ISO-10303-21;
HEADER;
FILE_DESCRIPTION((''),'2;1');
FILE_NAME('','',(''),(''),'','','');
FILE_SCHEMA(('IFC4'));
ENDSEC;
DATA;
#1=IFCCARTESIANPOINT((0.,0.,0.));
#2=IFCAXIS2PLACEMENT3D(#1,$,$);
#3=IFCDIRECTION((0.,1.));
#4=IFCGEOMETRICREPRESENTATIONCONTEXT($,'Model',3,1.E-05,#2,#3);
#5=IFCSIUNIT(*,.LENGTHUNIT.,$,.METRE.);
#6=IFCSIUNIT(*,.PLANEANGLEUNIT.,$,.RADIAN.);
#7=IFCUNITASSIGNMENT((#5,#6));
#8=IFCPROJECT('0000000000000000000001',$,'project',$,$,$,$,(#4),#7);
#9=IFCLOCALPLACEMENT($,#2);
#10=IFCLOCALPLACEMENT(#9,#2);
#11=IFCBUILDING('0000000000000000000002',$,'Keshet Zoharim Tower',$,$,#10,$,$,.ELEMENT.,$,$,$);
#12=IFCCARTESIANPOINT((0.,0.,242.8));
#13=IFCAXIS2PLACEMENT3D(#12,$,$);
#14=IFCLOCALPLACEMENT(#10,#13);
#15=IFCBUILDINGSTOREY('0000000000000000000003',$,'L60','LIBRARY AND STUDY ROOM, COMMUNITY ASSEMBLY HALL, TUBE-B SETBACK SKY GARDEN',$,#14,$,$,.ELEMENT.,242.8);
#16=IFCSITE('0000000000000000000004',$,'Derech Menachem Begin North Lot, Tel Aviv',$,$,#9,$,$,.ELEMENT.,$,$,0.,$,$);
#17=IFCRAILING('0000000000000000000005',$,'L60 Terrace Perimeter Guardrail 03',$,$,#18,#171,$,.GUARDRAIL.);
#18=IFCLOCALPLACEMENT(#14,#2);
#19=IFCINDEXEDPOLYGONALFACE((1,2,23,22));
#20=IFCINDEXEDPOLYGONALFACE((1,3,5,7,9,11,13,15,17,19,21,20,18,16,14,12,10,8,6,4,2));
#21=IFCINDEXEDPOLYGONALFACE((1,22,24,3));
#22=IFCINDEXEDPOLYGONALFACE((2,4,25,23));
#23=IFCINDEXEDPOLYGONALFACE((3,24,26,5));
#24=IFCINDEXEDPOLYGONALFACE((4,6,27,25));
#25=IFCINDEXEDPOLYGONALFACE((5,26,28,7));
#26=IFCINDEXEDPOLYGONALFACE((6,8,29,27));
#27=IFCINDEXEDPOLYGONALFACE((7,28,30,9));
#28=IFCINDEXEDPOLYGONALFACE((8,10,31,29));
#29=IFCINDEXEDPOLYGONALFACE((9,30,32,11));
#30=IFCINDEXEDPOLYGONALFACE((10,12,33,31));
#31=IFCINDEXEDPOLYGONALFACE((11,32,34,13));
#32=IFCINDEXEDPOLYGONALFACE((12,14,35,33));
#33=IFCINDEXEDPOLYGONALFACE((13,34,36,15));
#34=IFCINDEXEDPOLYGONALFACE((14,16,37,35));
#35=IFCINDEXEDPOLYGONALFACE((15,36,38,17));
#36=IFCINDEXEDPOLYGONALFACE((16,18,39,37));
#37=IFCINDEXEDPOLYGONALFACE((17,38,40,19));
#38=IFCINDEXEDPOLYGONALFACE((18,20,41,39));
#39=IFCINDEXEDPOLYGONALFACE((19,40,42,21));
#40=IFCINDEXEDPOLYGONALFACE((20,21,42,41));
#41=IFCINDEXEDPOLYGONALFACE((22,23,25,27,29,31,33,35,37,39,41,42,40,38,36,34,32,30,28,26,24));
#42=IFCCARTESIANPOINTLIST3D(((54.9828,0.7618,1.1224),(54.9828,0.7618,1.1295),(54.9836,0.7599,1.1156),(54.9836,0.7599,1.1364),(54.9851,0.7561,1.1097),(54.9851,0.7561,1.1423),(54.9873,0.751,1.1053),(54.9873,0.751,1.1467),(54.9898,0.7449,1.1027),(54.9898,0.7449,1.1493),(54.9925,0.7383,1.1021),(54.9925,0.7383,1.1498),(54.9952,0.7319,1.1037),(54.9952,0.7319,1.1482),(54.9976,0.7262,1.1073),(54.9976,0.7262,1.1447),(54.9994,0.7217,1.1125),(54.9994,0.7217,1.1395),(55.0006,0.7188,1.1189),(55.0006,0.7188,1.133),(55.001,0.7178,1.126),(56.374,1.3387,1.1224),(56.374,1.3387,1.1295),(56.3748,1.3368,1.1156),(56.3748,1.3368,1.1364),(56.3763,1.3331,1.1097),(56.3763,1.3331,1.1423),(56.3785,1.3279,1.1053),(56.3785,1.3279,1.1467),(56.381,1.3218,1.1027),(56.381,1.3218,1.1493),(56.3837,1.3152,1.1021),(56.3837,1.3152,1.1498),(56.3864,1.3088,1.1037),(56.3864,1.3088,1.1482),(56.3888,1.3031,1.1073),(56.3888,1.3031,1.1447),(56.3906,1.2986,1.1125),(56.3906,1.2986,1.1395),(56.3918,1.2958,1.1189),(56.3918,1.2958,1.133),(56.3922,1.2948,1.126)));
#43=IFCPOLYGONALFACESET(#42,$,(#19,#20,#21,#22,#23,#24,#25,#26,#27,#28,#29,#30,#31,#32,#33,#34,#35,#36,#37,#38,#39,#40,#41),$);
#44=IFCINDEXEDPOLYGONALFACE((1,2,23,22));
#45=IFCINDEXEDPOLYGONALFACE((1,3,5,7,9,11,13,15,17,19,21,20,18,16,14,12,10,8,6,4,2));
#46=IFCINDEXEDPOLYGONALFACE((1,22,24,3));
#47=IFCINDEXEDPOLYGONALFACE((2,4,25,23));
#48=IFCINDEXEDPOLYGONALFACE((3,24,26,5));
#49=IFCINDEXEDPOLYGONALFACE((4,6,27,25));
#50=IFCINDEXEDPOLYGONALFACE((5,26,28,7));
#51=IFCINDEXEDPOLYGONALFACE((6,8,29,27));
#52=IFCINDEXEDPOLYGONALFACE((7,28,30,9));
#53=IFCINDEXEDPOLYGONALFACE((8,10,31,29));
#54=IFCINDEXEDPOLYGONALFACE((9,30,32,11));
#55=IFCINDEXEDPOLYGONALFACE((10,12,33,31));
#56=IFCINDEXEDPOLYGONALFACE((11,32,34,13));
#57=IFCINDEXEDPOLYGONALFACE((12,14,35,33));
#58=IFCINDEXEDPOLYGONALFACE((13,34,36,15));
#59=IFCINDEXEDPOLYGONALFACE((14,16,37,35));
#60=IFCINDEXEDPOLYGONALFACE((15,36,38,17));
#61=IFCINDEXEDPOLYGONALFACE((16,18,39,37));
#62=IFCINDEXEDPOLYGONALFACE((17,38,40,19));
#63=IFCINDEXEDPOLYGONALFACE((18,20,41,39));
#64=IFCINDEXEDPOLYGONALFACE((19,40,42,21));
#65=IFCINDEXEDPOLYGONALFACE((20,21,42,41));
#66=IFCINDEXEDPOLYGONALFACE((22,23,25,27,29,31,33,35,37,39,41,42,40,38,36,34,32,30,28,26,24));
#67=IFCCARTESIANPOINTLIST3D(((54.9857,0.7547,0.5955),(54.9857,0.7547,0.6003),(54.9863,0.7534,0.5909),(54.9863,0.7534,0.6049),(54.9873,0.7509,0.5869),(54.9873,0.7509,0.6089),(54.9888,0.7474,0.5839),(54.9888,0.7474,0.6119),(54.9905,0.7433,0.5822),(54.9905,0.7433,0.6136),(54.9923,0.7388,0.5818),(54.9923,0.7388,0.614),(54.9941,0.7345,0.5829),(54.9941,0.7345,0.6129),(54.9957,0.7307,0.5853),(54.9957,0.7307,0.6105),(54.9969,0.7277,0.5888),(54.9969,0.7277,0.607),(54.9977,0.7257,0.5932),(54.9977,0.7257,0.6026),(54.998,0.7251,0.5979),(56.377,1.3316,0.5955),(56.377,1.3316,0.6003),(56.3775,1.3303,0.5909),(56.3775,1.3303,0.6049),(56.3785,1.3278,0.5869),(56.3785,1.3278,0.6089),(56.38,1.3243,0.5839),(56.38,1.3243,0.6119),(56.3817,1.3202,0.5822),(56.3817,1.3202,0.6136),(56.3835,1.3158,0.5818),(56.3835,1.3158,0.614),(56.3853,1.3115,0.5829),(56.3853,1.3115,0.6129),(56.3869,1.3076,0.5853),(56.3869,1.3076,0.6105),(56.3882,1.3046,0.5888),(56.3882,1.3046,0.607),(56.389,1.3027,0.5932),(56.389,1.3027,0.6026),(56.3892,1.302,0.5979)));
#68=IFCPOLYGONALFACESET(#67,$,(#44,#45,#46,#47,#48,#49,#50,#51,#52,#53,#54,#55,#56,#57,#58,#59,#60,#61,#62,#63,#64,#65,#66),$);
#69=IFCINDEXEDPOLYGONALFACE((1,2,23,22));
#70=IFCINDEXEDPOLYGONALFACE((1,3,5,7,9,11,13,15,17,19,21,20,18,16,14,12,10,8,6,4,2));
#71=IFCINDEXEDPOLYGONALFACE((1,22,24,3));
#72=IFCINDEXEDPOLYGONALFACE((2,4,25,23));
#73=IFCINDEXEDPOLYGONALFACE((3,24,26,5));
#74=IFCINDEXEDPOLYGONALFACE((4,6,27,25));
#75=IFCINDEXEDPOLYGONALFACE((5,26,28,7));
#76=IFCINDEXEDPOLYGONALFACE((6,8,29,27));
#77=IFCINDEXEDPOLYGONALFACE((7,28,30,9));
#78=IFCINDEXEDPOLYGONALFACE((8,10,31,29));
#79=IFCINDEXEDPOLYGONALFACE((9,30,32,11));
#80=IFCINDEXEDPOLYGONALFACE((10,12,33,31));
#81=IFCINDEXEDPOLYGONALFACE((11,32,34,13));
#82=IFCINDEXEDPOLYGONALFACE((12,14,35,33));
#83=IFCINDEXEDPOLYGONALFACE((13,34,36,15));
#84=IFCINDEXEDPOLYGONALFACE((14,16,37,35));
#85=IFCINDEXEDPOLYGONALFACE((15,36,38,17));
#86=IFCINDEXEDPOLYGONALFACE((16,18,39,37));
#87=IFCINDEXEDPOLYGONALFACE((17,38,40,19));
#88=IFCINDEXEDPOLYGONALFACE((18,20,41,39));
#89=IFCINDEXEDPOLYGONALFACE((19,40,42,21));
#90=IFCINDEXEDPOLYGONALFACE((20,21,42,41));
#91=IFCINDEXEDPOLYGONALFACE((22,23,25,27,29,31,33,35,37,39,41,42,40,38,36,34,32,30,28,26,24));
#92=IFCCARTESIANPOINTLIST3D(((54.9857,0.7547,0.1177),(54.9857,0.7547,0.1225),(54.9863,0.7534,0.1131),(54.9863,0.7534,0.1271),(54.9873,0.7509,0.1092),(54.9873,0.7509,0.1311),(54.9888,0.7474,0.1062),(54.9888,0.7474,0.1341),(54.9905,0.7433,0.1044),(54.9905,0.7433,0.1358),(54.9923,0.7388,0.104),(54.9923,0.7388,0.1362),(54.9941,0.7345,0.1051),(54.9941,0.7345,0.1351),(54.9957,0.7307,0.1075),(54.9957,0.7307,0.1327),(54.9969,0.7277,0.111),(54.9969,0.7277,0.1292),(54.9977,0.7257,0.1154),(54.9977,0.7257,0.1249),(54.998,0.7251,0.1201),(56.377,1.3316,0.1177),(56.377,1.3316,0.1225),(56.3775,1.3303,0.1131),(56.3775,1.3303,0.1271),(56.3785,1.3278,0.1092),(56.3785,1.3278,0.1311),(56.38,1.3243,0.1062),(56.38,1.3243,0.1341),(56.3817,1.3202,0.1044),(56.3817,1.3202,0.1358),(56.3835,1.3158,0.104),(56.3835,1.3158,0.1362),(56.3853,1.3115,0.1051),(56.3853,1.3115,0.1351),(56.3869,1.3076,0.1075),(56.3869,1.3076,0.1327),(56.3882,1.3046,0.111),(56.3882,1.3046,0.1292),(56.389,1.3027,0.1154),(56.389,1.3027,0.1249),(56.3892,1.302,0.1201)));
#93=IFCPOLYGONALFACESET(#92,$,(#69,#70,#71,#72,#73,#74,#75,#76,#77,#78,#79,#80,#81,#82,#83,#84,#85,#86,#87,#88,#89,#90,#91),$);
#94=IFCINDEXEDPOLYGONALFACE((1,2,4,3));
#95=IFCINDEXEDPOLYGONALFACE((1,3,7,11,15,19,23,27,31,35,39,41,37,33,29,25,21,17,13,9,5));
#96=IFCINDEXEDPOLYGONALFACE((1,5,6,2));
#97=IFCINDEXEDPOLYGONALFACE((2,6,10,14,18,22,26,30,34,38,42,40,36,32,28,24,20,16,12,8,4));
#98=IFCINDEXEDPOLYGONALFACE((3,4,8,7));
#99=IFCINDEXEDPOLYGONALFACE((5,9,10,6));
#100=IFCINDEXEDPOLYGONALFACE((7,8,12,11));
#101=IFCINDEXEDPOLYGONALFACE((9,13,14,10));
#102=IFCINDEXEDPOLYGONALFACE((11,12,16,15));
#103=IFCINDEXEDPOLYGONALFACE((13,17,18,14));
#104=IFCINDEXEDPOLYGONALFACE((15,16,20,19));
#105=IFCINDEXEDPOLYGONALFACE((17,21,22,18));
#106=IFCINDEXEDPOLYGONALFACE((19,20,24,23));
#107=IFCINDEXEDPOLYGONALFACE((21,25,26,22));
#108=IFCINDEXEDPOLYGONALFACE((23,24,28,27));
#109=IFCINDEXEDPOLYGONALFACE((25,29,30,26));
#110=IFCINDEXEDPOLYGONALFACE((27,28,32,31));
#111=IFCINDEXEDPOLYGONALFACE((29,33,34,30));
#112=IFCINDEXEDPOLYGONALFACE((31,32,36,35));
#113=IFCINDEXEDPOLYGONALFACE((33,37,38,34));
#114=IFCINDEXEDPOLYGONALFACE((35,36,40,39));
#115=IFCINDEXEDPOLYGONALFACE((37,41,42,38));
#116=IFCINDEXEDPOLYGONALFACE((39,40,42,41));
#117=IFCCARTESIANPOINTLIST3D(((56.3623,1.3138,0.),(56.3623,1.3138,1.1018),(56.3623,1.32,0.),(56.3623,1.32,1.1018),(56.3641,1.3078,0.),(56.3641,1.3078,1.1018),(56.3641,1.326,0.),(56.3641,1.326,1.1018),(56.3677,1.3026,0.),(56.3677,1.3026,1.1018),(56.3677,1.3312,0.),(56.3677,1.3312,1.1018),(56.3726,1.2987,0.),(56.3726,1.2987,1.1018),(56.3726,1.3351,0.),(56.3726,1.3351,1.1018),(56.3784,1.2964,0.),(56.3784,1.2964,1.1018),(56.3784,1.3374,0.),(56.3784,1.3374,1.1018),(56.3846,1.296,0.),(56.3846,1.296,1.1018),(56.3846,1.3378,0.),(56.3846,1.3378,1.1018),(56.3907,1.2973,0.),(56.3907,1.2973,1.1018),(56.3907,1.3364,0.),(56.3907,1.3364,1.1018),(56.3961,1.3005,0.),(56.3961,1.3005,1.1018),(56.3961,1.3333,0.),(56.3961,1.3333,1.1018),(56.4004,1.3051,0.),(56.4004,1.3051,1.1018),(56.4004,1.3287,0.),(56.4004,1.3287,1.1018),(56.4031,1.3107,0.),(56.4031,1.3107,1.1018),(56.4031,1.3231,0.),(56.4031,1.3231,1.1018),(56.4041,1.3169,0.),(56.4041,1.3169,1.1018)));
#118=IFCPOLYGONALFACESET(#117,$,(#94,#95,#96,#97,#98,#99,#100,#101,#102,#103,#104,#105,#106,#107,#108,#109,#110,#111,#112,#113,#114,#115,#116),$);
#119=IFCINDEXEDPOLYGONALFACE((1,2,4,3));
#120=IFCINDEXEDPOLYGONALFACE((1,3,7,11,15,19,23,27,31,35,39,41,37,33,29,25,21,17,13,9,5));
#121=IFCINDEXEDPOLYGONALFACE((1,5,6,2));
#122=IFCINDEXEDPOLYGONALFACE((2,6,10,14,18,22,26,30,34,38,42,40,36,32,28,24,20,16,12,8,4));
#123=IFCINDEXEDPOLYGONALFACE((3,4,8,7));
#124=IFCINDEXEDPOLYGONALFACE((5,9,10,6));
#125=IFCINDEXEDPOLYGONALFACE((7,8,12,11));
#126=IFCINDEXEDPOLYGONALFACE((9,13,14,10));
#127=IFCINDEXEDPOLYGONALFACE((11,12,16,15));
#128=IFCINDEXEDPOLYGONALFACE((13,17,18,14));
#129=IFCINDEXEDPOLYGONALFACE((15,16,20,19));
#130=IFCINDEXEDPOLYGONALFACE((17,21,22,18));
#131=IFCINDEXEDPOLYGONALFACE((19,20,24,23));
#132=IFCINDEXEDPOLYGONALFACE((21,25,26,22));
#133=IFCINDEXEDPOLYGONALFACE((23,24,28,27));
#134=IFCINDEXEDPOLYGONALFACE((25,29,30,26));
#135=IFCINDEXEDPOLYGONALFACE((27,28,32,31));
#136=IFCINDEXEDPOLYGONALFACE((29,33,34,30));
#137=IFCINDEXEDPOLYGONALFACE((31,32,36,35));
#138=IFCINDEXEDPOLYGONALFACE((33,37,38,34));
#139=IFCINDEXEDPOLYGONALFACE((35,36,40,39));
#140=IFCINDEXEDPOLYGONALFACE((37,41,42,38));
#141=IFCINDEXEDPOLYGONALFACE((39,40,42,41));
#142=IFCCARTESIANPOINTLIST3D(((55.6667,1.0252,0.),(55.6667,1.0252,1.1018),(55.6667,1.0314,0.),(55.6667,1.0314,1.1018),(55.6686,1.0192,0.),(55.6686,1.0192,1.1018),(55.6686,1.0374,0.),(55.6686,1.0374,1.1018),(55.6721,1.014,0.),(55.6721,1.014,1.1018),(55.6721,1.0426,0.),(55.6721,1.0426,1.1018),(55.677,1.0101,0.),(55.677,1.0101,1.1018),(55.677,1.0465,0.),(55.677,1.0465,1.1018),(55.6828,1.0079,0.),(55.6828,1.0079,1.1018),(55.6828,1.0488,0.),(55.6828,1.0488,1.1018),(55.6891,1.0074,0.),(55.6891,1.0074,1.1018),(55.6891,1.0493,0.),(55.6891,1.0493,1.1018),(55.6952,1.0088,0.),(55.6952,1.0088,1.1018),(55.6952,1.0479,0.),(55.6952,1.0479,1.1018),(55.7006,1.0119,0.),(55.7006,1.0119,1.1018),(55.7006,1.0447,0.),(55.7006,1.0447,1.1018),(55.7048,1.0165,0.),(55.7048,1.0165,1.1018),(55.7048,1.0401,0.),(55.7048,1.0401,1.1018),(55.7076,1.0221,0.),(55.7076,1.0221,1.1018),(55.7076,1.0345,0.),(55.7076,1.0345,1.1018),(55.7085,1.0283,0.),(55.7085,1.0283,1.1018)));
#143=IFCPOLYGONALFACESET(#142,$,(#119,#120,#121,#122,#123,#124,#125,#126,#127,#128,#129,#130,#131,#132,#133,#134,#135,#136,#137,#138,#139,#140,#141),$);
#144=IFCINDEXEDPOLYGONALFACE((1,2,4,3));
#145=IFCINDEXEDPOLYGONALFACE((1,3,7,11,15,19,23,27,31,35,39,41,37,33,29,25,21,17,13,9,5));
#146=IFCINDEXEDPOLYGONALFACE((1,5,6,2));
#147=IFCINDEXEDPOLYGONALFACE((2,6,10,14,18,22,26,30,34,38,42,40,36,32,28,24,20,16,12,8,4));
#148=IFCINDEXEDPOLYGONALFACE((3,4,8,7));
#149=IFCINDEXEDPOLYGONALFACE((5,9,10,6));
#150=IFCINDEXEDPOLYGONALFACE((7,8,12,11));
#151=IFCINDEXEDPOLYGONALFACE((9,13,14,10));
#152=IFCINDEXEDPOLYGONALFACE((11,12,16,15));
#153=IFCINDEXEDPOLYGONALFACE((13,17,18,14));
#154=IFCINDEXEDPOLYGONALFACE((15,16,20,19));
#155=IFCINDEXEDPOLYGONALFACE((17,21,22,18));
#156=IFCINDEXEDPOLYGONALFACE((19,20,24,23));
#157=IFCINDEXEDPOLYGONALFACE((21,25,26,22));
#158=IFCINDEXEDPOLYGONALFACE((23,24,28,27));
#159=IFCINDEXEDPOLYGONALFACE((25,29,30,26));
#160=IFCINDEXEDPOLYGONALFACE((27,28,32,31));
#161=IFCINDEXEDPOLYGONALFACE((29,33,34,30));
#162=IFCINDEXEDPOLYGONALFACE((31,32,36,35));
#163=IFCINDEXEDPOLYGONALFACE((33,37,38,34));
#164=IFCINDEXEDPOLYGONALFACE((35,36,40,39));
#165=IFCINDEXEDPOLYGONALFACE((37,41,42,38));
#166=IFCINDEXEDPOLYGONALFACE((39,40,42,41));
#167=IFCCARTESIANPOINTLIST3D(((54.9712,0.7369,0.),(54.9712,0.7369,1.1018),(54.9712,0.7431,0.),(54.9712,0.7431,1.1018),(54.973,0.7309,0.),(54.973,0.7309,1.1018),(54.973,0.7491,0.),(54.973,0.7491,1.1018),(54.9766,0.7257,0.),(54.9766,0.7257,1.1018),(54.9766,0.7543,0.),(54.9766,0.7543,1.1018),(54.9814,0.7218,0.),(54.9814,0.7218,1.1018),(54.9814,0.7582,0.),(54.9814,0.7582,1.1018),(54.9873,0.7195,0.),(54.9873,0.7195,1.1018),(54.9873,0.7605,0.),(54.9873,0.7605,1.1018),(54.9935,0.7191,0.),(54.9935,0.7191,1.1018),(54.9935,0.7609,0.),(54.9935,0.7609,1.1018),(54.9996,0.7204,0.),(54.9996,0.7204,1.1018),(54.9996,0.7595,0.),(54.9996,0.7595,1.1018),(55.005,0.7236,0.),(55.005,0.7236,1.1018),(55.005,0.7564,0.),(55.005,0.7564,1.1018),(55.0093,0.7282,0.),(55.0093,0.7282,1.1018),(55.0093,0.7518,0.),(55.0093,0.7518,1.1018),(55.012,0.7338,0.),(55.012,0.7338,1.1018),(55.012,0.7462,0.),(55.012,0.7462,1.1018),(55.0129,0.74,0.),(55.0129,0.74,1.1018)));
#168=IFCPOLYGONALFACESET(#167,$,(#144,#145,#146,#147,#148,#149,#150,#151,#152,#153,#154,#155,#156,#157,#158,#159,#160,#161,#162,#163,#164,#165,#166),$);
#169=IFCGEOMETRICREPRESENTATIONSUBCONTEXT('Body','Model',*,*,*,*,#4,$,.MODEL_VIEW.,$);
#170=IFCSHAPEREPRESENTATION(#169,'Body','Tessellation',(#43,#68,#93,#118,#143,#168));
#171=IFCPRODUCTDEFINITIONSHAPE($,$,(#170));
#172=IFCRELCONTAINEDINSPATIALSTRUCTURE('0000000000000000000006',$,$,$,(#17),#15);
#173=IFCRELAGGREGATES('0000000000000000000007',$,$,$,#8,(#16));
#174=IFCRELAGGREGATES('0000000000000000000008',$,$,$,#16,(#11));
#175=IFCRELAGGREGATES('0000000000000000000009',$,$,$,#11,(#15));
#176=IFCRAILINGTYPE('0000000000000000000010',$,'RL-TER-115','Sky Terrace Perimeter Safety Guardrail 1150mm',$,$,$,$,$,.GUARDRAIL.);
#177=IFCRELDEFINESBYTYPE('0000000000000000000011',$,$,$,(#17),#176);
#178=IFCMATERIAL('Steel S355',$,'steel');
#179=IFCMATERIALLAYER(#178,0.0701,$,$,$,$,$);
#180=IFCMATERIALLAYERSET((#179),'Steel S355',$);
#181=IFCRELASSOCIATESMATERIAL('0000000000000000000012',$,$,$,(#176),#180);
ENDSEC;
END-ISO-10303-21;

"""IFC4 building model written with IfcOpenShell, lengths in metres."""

from ifc_helpers import new_model, si_unit, direction, frame, origin, origin_2d, place, context, subcontext, project, spatial, circle, extrude, material, layer, layer_set, type_object, element, save


model = new_model("IFC4")

# Units and contexts
model_context = context("Model", 3, precision=1e-05, world=origin(), true_north=direction((0.0, 1.0)))
body_context = subcontext(model_context, "Body", "Model", "MODEL_VIEW")
ifc_project = project(units=[si_unit("LENGTHUNIT", "METRE"), si_unit("PLANEANGLEUNIT", "RADIAN")], contexts=[model_context])

# Site, building, storey
site_placement = place(None, origin())
site = spatial("IfcSite", under=ifc_project, at=site_placement, Name="Derech Menachem Begin North Lot, Tel Aviv", CompositionType="ELEMENT", RefElevation=0.0)
building_placement = place(site_placement, origin())
building = spatial("IfcBuilding", under=site, at=building_placement, Name="Keshet Zoharim Tower", CompositionType="ELEMENT")
storey_placement = place(building_placement, frame((0.0, 0.0, 242.8)))
storey = spatial("IfcBuildingStorey", under=building, at=storey_placement, Name="L60", Description="LIBRARY AND STUDY ROOM, COMMUNITY ASSEMBLY HALL, TUBE-B SETBACK SKY GARDEN", CompositionType="ELEMENT", Elevation=242.8)

# Shared definitions
ifc_material_1 = material(Name="Steel S355", Category="steel")

# Railing
ifc_layer_1 = layer(ifc_material_1, 0.0701)
ifc_layer_set_1 = layer_set([ifc_layer_1], Name="Steel S355")
railing_type = type_object("IfcRailingType", Name="RL-TER-115", Description="Sky Terrace Perimeter Safety Guardrail 1150mm", PredefinedType="GUARDRAIL", material=ifc_layer_set_1)
railing_1_placement = place(storey_placement, frame((56.3831, 1.3169, 0.0)))
element("IfcRailing", 1, at=railing_1_placement, inside=storey, type_object=railing_type, Name="L60 Terrace Perimeter Guardrail 03", PredefinedType="GUARDRAIL", context=body_context, shape_type="SweptSolid", body=[
    extrude(circle(Radius=0.0239, at=origin_2d()), frame((0.0, 0.0, 1.126), z_axis=(-0.923718, -0.383072, 0.0), x_axis=(0.383072, -0.923718, 0.0)), (0.0, 0.0, 1.0), 1.5061),
    extrude(circle(Radius=0.0161, at=origin_2d()), frame((0.0, 0.0, 0.5979), z_axis=(-0.923718, -0.383072, 0.0), x_axis=(0.383072, -0.923718, 0.0)), (0.0, 0.0, 1.0), 1.5061),
    extrude(circle(Radius=0.0161, at=origin_2d()), frame((0.0, 0.0, 0.1201), z_axis=(-0.923718, -0.383072, 0.0), x_axis=(0.383072, -0.923718, 0.0)), (0.0, 0.0, 1.0), 1.5061),
    extrude(circle(Radius=0.021, at=origin_2d()), origin(), (0.0, 0.0, 1.0), 1.1018),
    extrude(circle(Radius=0.021, at=origin_2d()), frame((-0.6956, -0.2886, 0.0)), (0.0, 0.0, 1.0), 1.1018),
    extrude(circle(Radius=0.021, at=origin_2d()), frame((-1.3911, -0.5769, 0.0)), (0.0, 0.0, 1.0), 1.1018),
])

save(model, "model.ifc")
